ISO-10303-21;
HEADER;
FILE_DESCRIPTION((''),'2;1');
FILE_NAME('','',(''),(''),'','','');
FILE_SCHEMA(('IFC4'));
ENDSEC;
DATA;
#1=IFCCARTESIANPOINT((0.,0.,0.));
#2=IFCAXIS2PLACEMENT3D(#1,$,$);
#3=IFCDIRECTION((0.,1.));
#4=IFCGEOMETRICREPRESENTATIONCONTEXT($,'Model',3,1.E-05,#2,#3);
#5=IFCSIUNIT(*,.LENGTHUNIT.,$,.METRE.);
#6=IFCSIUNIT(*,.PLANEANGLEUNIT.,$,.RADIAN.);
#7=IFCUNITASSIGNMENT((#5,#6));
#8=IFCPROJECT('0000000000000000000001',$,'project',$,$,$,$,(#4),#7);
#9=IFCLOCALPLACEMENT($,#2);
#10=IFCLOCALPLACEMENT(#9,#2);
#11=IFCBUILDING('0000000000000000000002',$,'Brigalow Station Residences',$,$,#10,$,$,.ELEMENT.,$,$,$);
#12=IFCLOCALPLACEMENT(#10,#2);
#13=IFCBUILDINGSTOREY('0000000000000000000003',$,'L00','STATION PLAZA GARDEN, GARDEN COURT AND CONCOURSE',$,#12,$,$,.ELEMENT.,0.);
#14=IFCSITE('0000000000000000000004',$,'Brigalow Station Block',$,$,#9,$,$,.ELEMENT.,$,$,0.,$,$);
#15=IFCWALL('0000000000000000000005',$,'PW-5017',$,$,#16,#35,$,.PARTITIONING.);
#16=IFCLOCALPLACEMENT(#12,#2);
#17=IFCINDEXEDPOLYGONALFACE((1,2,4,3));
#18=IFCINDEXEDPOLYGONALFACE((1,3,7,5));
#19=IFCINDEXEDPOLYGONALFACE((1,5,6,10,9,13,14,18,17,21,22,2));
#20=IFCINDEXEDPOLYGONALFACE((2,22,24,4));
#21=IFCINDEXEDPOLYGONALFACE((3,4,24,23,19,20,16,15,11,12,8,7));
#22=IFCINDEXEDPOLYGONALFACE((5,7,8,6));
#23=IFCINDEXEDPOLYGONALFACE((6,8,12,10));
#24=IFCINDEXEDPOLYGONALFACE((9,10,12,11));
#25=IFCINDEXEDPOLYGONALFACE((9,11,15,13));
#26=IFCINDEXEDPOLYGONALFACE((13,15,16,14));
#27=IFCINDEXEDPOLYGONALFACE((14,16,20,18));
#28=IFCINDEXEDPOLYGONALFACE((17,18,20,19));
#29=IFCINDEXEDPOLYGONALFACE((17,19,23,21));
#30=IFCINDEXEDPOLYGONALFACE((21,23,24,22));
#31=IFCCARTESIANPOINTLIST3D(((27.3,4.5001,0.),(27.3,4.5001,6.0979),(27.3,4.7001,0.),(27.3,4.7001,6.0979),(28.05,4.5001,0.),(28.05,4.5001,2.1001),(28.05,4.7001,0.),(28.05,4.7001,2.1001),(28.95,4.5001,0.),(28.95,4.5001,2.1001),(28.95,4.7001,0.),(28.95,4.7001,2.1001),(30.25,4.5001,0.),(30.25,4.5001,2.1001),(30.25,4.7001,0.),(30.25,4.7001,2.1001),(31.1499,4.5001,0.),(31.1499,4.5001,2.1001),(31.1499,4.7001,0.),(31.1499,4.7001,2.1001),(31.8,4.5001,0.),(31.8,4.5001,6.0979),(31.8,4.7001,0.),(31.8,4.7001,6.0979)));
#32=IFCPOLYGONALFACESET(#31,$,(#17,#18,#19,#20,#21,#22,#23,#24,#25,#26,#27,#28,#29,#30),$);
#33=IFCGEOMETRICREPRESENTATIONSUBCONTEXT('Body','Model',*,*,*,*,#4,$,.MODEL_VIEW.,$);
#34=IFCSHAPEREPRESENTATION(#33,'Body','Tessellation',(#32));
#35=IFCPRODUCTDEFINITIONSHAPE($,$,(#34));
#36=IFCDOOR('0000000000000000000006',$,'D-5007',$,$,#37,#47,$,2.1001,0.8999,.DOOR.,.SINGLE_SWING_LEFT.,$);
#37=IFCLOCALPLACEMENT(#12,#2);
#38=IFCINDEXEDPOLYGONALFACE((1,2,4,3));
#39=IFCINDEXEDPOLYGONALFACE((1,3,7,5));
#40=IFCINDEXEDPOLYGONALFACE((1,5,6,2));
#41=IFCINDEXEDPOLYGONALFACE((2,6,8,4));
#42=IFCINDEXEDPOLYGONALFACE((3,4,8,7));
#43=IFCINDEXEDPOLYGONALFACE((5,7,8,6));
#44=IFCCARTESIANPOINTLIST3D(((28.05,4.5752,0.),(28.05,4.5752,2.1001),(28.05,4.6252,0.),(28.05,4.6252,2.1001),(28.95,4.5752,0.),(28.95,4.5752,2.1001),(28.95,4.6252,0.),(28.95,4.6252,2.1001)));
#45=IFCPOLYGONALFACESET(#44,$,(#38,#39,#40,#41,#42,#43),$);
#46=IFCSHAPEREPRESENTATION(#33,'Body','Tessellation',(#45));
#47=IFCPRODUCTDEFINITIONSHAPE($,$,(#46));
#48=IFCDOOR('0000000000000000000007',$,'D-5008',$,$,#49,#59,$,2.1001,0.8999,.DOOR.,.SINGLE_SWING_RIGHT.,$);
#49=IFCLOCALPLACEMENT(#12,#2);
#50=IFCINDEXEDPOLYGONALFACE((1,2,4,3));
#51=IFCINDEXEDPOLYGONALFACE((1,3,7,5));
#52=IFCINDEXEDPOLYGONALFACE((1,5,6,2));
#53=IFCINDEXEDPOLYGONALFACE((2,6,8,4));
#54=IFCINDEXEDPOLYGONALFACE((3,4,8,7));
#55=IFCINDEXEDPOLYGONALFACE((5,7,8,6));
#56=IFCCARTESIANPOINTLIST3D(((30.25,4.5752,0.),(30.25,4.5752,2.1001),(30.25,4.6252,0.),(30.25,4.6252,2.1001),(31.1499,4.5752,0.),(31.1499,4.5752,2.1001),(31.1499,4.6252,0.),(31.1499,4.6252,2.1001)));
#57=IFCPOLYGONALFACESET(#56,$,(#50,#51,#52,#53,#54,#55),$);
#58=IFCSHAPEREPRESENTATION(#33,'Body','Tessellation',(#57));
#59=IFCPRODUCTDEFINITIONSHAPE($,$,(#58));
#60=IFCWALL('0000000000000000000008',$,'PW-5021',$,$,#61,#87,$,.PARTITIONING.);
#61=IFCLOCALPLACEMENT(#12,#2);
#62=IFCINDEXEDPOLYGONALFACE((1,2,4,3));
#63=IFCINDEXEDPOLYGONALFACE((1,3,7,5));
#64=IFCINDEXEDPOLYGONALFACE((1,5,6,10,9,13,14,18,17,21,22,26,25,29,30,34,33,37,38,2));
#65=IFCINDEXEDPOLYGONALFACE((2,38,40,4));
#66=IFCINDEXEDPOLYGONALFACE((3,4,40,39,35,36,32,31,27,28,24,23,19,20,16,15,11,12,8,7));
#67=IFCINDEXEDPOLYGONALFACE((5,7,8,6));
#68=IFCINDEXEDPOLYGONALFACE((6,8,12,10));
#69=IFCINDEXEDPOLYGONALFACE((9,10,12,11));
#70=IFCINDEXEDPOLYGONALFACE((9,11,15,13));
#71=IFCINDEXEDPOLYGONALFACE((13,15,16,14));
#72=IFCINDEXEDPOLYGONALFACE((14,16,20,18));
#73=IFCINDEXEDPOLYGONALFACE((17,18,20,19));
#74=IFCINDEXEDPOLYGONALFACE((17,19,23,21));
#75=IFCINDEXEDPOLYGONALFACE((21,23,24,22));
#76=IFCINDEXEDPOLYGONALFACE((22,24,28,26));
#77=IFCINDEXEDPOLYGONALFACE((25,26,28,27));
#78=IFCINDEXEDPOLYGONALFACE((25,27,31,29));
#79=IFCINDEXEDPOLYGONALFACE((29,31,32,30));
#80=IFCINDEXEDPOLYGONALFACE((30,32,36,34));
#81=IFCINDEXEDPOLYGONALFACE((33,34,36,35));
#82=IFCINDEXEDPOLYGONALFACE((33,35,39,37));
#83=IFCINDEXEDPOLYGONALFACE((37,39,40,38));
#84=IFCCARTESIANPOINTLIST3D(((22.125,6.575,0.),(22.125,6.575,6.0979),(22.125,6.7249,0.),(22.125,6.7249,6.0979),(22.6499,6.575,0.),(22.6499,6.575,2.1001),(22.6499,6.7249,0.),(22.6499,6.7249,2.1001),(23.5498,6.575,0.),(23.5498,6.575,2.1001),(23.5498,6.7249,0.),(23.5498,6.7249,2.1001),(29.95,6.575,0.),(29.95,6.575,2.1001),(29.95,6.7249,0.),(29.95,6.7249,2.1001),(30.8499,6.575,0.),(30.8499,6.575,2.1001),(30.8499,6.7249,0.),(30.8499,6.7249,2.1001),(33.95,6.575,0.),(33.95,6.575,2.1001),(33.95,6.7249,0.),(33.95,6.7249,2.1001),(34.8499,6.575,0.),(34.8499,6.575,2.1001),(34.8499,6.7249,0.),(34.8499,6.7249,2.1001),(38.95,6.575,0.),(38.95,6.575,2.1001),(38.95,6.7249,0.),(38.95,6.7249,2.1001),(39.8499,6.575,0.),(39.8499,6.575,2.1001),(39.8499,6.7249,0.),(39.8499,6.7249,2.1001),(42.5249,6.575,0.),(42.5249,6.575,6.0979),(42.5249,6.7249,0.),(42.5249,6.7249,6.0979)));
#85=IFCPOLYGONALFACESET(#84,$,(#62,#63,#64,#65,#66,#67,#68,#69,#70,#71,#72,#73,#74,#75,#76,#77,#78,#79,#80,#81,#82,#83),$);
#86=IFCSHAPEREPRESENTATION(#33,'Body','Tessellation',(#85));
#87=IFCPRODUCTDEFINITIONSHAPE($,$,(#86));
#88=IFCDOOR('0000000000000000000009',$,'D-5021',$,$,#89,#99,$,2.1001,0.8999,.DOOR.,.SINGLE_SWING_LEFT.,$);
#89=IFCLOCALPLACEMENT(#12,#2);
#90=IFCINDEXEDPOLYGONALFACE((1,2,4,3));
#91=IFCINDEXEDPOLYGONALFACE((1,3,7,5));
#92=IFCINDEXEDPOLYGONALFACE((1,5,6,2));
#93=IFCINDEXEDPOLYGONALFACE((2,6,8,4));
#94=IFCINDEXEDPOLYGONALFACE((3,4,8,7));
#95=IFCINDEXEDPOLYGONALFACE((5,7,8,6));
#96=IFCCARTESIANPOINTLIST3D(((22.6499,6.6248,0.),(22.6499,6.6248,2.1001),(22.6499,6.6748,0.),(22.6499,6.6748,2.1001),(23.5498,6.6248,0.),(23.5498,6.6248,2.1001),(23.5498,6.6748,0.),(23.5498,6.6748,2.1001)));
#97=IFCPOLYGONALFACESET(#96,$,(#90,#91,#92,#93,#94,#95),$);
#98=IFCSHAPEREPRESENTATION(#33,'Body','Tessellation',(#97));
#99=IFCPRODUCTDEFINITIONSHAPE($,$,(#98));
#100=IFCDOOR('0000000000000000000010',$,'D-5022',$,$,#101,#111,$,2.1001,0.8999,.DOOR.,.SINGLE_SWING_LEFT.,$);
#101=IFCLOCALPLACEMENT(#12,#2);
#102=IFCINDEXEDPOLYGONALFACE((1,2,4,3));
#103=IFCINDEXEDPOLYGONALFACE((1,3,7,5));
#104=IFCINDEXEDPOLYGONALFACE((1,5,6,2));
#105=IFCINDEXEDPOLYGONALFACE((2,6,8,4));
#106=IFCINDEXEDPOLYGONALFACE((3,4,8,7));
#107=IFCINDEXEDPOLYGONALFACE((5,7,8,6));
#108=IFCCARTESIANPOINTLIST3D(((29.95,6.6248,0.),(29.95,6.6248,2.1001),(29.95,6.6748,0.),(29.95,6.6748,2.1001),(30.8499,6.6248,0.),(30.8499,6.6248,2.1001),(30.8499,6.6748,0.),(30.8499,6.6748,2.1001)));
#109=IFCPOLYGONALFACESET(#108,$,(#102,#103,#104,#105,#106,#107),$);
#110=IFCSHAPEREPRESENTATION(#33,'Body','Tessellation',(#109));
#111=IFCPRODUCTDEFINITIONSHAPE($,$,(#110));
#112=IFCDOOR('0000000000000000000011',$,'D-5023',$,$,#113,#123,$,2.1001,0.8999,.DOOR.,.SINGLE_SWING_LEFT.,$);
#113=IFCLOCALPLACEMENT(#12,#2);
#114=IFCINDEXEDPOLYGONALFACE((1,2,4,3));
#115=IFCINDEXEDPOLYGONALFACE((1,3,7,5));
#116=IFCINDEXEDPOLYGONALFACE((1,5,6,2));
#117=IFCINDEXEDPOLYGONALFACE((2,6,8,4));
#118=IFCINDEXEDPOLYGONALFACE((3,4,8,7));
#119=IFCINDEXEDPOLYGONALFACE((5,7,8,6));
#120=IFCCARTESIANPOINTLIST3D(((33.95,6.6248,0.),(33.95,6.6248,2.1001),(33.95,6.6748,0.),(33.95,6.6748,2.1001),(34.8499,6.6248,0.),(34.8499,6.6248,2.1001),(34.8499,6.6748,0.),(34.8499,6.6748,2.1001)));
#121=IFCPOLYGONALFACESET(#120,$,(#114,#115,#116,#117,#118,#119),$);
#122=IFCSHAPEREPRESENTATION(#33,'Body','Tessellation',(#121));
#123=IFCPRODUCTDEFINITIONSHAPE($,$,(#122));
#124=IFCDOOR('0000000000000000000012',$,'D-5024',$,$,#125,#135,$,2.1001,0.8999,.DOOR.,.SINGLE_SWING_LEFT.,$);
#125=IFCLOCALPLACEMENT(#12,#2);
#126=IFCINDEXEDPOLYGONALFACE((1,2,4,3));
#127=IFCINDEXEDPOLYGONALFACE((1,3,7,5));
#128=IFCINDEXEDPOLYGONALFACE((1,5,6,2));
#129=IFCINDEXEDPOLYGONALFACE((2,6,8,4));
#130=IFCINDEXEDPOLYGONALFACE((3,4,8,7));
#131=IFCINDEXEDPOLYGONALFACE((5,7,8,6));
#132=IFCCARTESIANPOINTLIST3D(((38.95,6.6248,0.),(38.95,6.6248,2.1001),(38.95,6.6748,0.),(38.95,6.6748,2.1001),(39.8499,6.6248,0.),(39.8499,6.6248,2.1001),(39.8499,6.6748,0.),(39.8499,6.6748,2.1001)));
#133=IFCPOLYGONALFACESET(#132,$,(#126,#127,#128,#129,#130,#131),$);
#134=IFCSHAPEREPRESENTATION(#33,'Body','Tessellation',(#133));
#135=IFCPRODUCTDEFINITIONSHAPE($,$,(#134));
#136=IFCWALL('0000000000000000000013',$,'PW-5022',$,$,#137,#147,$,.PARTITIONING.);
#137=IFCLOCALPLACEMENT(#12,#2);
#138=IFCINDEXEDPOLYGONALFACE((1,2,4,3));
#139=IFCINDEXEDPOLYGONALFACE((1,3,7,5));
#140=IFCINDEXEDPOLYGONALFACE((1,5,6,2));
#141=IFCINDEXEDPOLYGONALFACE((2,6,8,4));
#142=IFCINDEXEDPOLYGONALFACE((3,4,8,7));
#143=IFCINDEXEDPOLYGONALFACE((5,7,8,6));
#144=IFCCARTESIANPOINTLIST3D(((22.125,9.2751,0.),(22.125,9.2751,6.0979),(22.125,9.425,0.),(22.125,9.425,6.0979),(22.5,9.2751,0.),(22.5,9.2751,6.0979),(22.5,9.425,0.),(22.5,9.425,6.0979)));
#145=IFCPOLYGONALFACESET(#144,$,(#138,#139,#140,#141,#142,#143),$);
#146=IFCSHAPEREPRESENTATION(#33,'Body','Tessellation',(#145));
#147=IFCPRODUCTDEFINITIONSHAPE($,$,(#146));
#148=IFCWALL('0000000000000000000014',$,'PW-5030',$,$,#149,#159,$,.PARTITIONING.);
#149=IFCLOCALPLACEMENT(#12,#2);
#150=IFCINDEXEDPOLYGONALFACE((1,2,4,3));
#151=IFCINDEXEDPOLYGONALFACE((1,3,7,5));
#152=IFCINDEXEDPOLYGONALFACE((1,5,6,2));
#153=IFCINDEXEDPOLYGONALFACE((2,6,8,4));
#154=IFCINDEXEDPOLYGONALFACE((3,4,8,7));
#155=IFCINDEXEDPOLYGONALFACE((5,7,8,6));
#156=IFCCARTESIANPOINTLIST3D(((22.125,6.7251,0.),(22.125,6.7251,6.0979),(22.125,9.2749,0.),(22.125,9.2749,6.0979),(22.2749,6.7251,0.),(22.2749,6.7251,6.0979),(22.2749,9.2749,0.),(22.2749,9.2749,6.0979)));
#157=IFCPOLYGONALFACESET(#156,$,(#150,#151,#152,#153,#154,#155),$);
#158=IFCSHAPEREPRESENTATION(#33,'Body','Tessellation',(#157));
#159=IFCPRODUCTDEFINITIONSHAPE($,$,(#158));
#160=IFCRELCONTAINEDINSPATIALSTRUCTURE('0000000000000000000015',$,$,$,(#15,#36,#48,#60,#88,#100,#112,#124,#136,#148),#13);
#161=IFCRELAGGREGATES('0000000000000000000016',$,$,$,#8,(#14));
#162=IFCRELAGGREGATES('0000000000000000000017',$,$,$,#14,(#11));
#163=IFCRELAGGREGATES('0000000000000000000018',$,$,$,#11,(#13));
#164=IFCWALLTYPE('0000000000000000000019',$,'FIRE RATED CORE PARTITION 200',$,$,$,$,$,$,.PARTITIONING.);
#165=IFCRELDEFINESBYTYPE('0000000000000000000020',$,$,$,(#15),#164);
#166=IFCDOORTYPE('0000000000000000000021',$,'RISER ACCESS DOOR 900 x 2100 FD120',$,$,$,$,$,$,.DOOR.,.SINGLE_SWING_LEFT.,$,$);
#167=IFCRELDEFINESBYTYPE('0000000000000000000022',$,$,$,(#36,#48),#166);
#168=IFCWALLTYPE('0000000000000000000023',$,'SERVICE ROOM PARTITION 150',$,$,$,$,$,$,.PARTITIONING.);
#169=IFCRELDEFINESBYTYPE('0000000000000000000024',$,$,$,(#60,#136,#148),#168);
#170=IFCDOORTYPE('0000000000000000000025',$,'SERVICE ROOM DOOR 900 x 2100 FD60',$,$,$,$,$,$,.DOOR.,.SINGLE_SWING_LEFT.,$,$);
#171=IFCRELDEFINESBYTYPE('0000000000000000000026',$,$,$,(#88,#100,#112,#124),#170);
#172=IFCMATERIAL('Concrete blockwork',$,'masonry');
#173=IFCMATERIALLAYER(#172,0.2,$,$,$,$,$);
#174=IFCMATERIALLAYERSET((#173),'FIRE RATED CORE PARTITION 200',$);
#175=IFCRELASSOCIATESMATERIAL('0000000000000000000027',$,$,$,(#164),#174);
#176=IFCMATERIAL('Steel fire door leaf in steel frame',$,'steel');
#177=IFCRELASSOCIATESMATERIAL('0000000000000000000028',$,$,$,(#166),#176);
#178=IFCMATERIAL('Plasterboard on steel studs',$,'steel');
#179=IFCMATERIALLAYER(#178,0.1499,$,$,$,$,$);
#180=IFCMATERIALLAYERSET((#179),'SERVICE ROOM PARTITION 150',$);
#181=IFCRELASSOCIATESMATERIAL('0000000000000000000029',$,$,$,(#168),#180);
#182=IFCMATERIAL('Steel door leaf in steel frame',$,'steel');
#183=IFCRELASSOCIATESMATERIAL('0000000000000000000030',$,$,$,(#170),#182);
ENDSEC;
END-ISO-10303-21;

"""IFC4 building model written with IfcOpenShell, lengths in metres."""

from ifc_helpers import new_model, si_unit, direction, frame, frame_2d, origin, place, context, subcontext, project, spatial, rectangle, extrude, material, layer, layer_set, type_object, element, fill, save


model = new_model("IFC4")

# Units and contexts
model_context = context("Model", 3, precision=1e-05, world=origin(), true_north=direction((0.0, 1.0)))
body_context = subcontext(model_context, "Body", "Model", "MODEL_VIEW")
ifc_project = project(units=[si_unit("LENGTHUNIT", "METRE"), si_unit("PLANEANGLEUNIT", "RADIAN")], contexts=[model_context])

# Site, building, storey
site_placement = place(None, origin())
site = spatial("IfcSite", under=ifc_project, at=site_placement, Name="Brigalow Station Block", CompositionType="ELEMENT", RefElevation=0.0)
building_placement = place(site_placement, origin())
building = spatial("IfcBuilding", under=site, at=building_placement, Name="Brigalow Station Residences", CompositionType="ELEMENT")
storey_placement = place(building_placement, origin())
storey = spatial("IfcBuildingStorey", under=building, at=storey_placement, Name="L00", Description="STATION PLAZA GARDEN, GARDEN COURT AND CONCOURSE", CompositionType="ELEMENT", Elevation=0.0)

# Walls, openings, doors
ifc_material_1 = material(Name="Concrete blockwork", Category="masonry")
ifc_layer_1 = layer(ifc_material_1, 0.2)
ifc_layer_set_1 = layer_set([ifc_layer_1], Name="FIRE RATED CORE PARTITION 200")
wall_type_1 = type_object("IfcWallType", Name="FIRE RATED CORE PARTITION 200", PredefinedType="PARTITIONING", material=ifc_layer_set_1)
wall_1_placement = place(storey_placement, frame((27.3, 4.6001, 0.0), z_axis=(0.0, 0.0, 1.0), x_axis=(1.0, 0.0, 0.0)))
wall_1 = element("IfcWall", 1, at=wall_1_placement, inside=storey, type_object=wall_type_1, Name="PW-5017", PredefinedType="PARTITIONING", context=body_context, shape_type="SweptSolid", body=[
    extrude(rectangle(XDim=4.5, YDim=0.2, at=frame_2d((2.25, 0.0))), origin(), (0.0, 0.0, 1.0), 6.0979),
])
opening_1_placement = place(wall_1_placement, frame((0.75, 0.0, 0.0)))
opening_1 = element("IfcOpeningElement", 2, at=opening_1_placement, cuts=wall_1, PredefinedType="OPENING", context=body_context, shape_type="SweptSolid", body=[
    extrude(rectangle(XDim=0.8999, YDim=2.1001, at=frame_2d((0.45, 1.05))), frame((0.0, 0.1099, 0.0), z_axis=(0.0, -1.0, 0.0), x_axis=(1.0, 0.0, 0.0)), (0.0, 0.0, 1.0), 0.22),
])
opening_2_placement = place(wall_1_placement, frame((2.95, 0.0, 0.0)))
opening_2 = element("IfcOpeningElement", 3, at=opening_2_placement, cuts=wall_1, PredefinedType="OPENING", context=body_context, shape_type="SweptSolid", body=[
    extrude(rectangle(XDim=0.8999, YDim=2.1001, at=frame_2d((0.45, 1.05))), frame((0.0, 0.1099, 0.0), z_axis=(0.0, -1.0, 0.0), x_axis=(1.0, 0.0, 0.0)), (0.0, 0.0, 1.0), 0.22),
])
ifc_material_2 = material(Name="Steel fire door leaf in steel frame", Category="steel")
door_type_1 = type_object("IfcDoorType", Name="RISER ACCESS DOOR 900 x 2100 FD120", OperationType="SINGLE_SWING_LEFT", PredefinedType="DOOR", material=ifc_material_2)
door_1_placement = place(opening_1_placement, frame((0.8999, 0.0, 0.0), z_axis=(0.0, 0.0, 1.0), x_axis=(-1.0, 0.0, 0.0)))
door_1 = element("IfcDoor", 4, at=door_1_placement, inside=storey, type_object=door_type_1, Name="D-5007", OperationType="SINGLE_SWING_LEFT", OverallHeight=2.1001, OverallWidth=0.8999, PredefinedType="DOOR", context=body_context, shape_type="SweptSolid", body=[
    extrude(rectangle(XDim=0.8999, YDim=2.1001, at=frame_2d((0.45, 1.05))), frame((0.0, 0.0249, 0.0), z_axis=(0.0, -1.0, 0.0), x_axis=(1.0, 0.0, 0.0)), (0.0, 0.0, 1.0), 0.05),
])
fill(opening_1, door_1)
door_2_placement = place(opening_2_placement, frame((0.8999, 0.0, 0.0), z_axis=(0.0, 0.0, 1.0), x_axis=(-1.0, 0.0, 0.0)))
door_2 = element("IfcDoor", 5, at=door_2_placement, inside=storey, type_object=door_type_1, Name="D-5008", OperationType="SINGLE_SWING_RIGHT", OverallHeight=2.1001, OverallWidth=0.8999, PredefinedType="DOOR", context=body_context, shape_type="SweptSolid", body=[
    extrude(rectangle(XDim=0.8999, YDim=2.1001, at=frame_2d((0.45, 1.05))), frame((0.0, 0.0249, 0.0), z_axis=(0.0, -1.0, 0.0), x_axis=(1.0, 0.0, 0.0)), (0.0, 0.0, 1.0), 0.05),
])
fill(opening_2, door_2)
ifc_material_3 = material(Name="Plasterboard on steel studs", Category="steel")
ifc_layer_2 = layer(ifc_material_3, 0.1499)
ifc_layer_set_2 = layer_set([ifc_layer_2], Name="SERVICE ROOM PARTITION 150")
wall_type_2 = type_object("IfcWallType", Name="SERVICE ROOM PARTITION 150", PredefinedType="PARTITIONING", material=ifc_layer_set_2)
wall_2_placement = place(storey_placement, frame((22.125, 6.6499, 0.0), z_axis=(0.0, 0.0, 1.0), x_axis=(1.0, 0.0, 0.0)))
wall_2 = element("IfcWall", 6, at=wall_2_placement, inside=storey, type_object=wall_type_2, Name="PW-5021", PredefinedType="PARTITIONING", context=body_context, shape_type="SweptSolid", body=[
    extrude(rectangle(XDim=20.3999, YDim=0.1499, at=frame_2d((10.2, 0.0))), origin(), (0.0, 0.0, 1.0), 6.0979),
])
opening_3_placement = place(wall_2_placement, frame((0.5249, 0.0, 0.0)))
opening_3 = element("IfcOpeningElement", 7, at=opening_3_placement, cuts=wall_2, PredefinedType="OPENING", context=body_context, shape_type="SweptSolid", body=[
    extrude(rectangle(XDim=0.8999, YDim=2.1001, at=frame_2d((0.45, 1.05))), frame((0.0, 0.085, 0.0), z_axis=(0.0, -1.0, 0.0), x_axis=(1.0, 0.0, 0.0)), (0.0, 0.0, 1.0), 0.1699),
])
opening_4_placement = place(wall_2_placement, frame((7.825, 0.0, 0.0)))
opening_4 = element("IfcOpeningElement", 8, at=opening_4_placement, cuts=wall_2, PredefinedType="OPENING", context=body_context, shape_type="SweptSolid", body=[
    extrude(rectangle(XDim=0.8999, YDim=2.1001, at=frame_2d((0.45, 1.05))), frame((0.0, 0.085, 0.0), z_axis=(0.0, -1.0, 0.0), x_axis=(1.0, 0.0, 0.0)), (0.0, 0.0, 1.0), 0.1699),
])
opening_5_placement = place(wall_2_placement, frame((11.825, 0.0, 0.0)))
opening_5 = element("IfcOpeningElement", 9, at=opening_5_placement, cuts=wall_2, PredefinedType="OPENING", context=body_context, shape_type="SweptSolid", body=[
    extrude(rectangle(XDim=0.8999, YDim=2.1001, at=frame_2d((0.45, 1.05))), frame((0.0, 0.085, 0.0), z_axis=(0.0, -1.0, 0.0), x_axis=(1.0, 0.0, 0.0)), (0.0, 0.0, 1.0), 0.1699),
])
opening_6_placement = place(wall_2_placement, frame((16.825, 0.0, 0.0)))
opening_6 = element("IfcOpeningElement", 10, at=opening_6_placement, cuts=wall_2, PredefinedType="OPENING", context=body_context, shape_type="SweptSolid", body=[
    extrude(rectangle(XDim=0.8999, YDim=2.1001, at=frame_2d((0.45, 1.05))), frame((0.0, 0.085, 0.0), z_axis=(0.0, -1.0, 0.0), x_axis=(1.0, 0.0, 0.0)), (0.0, 0.0, 1.0), 0.1699),
])
ifc_material_4 = material(Name="Steel door leaf in steel frame", Category="steel")
door_type_2 = type_object("IfcDoorType", Name="SERVICE ROOM DOOR 900 x 2100 FD60", OperationType="SINGLE_SWING_LEFT", PredefinedType="DOOR", material=ifc_material_4)
door_3_placement = place(opening_3_placement, origin())
door_3 = element("IfcDoor", 11, at=door_3_placement, inside=storey, type_object=door_type_2, Name="D-5021", OperationType="SINGLE_SWING_LEFT", OverallHeight=2.1001, OverallWidth=0.8999, PredefinedType="DOOR", context=body_context, shape_type="SweptSolid", body=[
    extrude(rectangle(XDim=0.8999, YDim=2.1001, at=frame_2d((0.45, 1.05))), frame((0.0, 0.0249, 0.0), z_axis=(0.0, -1.0, 0.0), x_axis=(1.0, 0.0, 0.0)), (0.0, 0.0, 1.0), 0.05),
])
fill(opening_3, door_3)
door_4_placement = place(opening_4_placement, origin())
door_4 = element("IfcDoor", 12, at=door_4_placement, inside=storey, type_object=door_type_2, Name="D-5022", OperationType="SINGLE_SWING_LEFT", OverallHeight=2.1001, OverallWidth=0.8999, PredefinedType="DOOR", context=body_context, shape_type="SweptSolid", body=[
    extrude(rectangle(XDim=0.8999, YDim=2.1001, at=frame_2d((0.45, 1.05))), frame((0.0, 0.0249, 0.0), z_axis=(0.0, -1.0, 0.0), x_axis=(1.0, 0.0, 0.0)), (0.0, 0.0, 1.0), 0.05),
])
fill(opening_4, door_4)
door_5_placement = place(opening_5_placement, origin())
door_5 = element("IfcDoor", 13, at=door_5_placement, inside=storey, type_object=door_type_2, Name="D-5023", OperationType="SINGLE_SWING_LEFT", OverallHeight=2.1001, OverallWidth=0.8999, PredefinedType="DOOR", context=body_context, shape_type="SweptSolid", body=[
    extrude(rectangle(XDim=0.8999, YDim=2.1001, at=frame_2d((0.45, 1.05))), frame((0.0, 0.0249, 0.0), z_axis=(0.0, -1.0, 0.0), x_axis=(1.0, 0.0, 0.0)), (0.0, 0.0, 1.0), 0.05),
])
fill(opening_5, door_5)
door_6_placement = place(opening_6_placement, origin())
door_6 = element("IfcDoor", 14, at=door_6_placement, inside=storey, type_object=door_type_2, Name="D-5024", OperationType="SINGLE_SWING_LEFT", OverallHeight=2.1001, OverallWidth=0.8999, PredefinedType="DOOR", context=body_context, shape_type="SweptSolid", body=[
    extrude(rectangle(XDim=0.8999, YDim=2.1001, at=frame_2d((0.45, 1.05))), frame((0.0, 0.0249, 0.0), z_axis=(0.0, -1.0, 0.0), x_axis=(1.0, 0.0, 0.0)), (0.0, 0.0, 1.0), 0.05),
])
fill(opening_6, door_6)

# Walls
wall_3_placement = place(storey_placement, frame((22.125, 9.3501, 0.0), z_axis=(0.0, 0.0, 1.0), x_axis=(1.0, 0.0, 0.0)))
element("IfcWall", 15, at=wall_3_placement, inside=storey, type_object=wall_type_2, Name="PW-5022", PredefinedType="PARTITIONING", context=body_context, shape_type="SweptSolid", body=[
    extrude(rectangle(XDim=0.375, YDim=0.1499, at=frame_2d((0.1875, 0.0))), origin(), (0.0, 0.0, 1.0), 6.0979),
])
wall_4_placement = place(storey_placement, frame((22.2, 6.7251, 0.0), z_axis=(0.0, 0.0, 1.0), x_axis=(0.0, 1.0, 0.0)))
element("IfcWall", 16, at=wall_4_placement, inside=storey, type_object=wall_type_2, Name="PW-5030", PredefinedType="PARTITIONING", context=body_context, shape_type="SweptSolid", body=[
    extrude(rectangle(XDim=2.5498, YDim=0.1499, at=frame_2d((1.2749, 0.0))), origin(), (0.0, 0.0, 1.0), 6.0979),
])

save(model, "model.ifc")
